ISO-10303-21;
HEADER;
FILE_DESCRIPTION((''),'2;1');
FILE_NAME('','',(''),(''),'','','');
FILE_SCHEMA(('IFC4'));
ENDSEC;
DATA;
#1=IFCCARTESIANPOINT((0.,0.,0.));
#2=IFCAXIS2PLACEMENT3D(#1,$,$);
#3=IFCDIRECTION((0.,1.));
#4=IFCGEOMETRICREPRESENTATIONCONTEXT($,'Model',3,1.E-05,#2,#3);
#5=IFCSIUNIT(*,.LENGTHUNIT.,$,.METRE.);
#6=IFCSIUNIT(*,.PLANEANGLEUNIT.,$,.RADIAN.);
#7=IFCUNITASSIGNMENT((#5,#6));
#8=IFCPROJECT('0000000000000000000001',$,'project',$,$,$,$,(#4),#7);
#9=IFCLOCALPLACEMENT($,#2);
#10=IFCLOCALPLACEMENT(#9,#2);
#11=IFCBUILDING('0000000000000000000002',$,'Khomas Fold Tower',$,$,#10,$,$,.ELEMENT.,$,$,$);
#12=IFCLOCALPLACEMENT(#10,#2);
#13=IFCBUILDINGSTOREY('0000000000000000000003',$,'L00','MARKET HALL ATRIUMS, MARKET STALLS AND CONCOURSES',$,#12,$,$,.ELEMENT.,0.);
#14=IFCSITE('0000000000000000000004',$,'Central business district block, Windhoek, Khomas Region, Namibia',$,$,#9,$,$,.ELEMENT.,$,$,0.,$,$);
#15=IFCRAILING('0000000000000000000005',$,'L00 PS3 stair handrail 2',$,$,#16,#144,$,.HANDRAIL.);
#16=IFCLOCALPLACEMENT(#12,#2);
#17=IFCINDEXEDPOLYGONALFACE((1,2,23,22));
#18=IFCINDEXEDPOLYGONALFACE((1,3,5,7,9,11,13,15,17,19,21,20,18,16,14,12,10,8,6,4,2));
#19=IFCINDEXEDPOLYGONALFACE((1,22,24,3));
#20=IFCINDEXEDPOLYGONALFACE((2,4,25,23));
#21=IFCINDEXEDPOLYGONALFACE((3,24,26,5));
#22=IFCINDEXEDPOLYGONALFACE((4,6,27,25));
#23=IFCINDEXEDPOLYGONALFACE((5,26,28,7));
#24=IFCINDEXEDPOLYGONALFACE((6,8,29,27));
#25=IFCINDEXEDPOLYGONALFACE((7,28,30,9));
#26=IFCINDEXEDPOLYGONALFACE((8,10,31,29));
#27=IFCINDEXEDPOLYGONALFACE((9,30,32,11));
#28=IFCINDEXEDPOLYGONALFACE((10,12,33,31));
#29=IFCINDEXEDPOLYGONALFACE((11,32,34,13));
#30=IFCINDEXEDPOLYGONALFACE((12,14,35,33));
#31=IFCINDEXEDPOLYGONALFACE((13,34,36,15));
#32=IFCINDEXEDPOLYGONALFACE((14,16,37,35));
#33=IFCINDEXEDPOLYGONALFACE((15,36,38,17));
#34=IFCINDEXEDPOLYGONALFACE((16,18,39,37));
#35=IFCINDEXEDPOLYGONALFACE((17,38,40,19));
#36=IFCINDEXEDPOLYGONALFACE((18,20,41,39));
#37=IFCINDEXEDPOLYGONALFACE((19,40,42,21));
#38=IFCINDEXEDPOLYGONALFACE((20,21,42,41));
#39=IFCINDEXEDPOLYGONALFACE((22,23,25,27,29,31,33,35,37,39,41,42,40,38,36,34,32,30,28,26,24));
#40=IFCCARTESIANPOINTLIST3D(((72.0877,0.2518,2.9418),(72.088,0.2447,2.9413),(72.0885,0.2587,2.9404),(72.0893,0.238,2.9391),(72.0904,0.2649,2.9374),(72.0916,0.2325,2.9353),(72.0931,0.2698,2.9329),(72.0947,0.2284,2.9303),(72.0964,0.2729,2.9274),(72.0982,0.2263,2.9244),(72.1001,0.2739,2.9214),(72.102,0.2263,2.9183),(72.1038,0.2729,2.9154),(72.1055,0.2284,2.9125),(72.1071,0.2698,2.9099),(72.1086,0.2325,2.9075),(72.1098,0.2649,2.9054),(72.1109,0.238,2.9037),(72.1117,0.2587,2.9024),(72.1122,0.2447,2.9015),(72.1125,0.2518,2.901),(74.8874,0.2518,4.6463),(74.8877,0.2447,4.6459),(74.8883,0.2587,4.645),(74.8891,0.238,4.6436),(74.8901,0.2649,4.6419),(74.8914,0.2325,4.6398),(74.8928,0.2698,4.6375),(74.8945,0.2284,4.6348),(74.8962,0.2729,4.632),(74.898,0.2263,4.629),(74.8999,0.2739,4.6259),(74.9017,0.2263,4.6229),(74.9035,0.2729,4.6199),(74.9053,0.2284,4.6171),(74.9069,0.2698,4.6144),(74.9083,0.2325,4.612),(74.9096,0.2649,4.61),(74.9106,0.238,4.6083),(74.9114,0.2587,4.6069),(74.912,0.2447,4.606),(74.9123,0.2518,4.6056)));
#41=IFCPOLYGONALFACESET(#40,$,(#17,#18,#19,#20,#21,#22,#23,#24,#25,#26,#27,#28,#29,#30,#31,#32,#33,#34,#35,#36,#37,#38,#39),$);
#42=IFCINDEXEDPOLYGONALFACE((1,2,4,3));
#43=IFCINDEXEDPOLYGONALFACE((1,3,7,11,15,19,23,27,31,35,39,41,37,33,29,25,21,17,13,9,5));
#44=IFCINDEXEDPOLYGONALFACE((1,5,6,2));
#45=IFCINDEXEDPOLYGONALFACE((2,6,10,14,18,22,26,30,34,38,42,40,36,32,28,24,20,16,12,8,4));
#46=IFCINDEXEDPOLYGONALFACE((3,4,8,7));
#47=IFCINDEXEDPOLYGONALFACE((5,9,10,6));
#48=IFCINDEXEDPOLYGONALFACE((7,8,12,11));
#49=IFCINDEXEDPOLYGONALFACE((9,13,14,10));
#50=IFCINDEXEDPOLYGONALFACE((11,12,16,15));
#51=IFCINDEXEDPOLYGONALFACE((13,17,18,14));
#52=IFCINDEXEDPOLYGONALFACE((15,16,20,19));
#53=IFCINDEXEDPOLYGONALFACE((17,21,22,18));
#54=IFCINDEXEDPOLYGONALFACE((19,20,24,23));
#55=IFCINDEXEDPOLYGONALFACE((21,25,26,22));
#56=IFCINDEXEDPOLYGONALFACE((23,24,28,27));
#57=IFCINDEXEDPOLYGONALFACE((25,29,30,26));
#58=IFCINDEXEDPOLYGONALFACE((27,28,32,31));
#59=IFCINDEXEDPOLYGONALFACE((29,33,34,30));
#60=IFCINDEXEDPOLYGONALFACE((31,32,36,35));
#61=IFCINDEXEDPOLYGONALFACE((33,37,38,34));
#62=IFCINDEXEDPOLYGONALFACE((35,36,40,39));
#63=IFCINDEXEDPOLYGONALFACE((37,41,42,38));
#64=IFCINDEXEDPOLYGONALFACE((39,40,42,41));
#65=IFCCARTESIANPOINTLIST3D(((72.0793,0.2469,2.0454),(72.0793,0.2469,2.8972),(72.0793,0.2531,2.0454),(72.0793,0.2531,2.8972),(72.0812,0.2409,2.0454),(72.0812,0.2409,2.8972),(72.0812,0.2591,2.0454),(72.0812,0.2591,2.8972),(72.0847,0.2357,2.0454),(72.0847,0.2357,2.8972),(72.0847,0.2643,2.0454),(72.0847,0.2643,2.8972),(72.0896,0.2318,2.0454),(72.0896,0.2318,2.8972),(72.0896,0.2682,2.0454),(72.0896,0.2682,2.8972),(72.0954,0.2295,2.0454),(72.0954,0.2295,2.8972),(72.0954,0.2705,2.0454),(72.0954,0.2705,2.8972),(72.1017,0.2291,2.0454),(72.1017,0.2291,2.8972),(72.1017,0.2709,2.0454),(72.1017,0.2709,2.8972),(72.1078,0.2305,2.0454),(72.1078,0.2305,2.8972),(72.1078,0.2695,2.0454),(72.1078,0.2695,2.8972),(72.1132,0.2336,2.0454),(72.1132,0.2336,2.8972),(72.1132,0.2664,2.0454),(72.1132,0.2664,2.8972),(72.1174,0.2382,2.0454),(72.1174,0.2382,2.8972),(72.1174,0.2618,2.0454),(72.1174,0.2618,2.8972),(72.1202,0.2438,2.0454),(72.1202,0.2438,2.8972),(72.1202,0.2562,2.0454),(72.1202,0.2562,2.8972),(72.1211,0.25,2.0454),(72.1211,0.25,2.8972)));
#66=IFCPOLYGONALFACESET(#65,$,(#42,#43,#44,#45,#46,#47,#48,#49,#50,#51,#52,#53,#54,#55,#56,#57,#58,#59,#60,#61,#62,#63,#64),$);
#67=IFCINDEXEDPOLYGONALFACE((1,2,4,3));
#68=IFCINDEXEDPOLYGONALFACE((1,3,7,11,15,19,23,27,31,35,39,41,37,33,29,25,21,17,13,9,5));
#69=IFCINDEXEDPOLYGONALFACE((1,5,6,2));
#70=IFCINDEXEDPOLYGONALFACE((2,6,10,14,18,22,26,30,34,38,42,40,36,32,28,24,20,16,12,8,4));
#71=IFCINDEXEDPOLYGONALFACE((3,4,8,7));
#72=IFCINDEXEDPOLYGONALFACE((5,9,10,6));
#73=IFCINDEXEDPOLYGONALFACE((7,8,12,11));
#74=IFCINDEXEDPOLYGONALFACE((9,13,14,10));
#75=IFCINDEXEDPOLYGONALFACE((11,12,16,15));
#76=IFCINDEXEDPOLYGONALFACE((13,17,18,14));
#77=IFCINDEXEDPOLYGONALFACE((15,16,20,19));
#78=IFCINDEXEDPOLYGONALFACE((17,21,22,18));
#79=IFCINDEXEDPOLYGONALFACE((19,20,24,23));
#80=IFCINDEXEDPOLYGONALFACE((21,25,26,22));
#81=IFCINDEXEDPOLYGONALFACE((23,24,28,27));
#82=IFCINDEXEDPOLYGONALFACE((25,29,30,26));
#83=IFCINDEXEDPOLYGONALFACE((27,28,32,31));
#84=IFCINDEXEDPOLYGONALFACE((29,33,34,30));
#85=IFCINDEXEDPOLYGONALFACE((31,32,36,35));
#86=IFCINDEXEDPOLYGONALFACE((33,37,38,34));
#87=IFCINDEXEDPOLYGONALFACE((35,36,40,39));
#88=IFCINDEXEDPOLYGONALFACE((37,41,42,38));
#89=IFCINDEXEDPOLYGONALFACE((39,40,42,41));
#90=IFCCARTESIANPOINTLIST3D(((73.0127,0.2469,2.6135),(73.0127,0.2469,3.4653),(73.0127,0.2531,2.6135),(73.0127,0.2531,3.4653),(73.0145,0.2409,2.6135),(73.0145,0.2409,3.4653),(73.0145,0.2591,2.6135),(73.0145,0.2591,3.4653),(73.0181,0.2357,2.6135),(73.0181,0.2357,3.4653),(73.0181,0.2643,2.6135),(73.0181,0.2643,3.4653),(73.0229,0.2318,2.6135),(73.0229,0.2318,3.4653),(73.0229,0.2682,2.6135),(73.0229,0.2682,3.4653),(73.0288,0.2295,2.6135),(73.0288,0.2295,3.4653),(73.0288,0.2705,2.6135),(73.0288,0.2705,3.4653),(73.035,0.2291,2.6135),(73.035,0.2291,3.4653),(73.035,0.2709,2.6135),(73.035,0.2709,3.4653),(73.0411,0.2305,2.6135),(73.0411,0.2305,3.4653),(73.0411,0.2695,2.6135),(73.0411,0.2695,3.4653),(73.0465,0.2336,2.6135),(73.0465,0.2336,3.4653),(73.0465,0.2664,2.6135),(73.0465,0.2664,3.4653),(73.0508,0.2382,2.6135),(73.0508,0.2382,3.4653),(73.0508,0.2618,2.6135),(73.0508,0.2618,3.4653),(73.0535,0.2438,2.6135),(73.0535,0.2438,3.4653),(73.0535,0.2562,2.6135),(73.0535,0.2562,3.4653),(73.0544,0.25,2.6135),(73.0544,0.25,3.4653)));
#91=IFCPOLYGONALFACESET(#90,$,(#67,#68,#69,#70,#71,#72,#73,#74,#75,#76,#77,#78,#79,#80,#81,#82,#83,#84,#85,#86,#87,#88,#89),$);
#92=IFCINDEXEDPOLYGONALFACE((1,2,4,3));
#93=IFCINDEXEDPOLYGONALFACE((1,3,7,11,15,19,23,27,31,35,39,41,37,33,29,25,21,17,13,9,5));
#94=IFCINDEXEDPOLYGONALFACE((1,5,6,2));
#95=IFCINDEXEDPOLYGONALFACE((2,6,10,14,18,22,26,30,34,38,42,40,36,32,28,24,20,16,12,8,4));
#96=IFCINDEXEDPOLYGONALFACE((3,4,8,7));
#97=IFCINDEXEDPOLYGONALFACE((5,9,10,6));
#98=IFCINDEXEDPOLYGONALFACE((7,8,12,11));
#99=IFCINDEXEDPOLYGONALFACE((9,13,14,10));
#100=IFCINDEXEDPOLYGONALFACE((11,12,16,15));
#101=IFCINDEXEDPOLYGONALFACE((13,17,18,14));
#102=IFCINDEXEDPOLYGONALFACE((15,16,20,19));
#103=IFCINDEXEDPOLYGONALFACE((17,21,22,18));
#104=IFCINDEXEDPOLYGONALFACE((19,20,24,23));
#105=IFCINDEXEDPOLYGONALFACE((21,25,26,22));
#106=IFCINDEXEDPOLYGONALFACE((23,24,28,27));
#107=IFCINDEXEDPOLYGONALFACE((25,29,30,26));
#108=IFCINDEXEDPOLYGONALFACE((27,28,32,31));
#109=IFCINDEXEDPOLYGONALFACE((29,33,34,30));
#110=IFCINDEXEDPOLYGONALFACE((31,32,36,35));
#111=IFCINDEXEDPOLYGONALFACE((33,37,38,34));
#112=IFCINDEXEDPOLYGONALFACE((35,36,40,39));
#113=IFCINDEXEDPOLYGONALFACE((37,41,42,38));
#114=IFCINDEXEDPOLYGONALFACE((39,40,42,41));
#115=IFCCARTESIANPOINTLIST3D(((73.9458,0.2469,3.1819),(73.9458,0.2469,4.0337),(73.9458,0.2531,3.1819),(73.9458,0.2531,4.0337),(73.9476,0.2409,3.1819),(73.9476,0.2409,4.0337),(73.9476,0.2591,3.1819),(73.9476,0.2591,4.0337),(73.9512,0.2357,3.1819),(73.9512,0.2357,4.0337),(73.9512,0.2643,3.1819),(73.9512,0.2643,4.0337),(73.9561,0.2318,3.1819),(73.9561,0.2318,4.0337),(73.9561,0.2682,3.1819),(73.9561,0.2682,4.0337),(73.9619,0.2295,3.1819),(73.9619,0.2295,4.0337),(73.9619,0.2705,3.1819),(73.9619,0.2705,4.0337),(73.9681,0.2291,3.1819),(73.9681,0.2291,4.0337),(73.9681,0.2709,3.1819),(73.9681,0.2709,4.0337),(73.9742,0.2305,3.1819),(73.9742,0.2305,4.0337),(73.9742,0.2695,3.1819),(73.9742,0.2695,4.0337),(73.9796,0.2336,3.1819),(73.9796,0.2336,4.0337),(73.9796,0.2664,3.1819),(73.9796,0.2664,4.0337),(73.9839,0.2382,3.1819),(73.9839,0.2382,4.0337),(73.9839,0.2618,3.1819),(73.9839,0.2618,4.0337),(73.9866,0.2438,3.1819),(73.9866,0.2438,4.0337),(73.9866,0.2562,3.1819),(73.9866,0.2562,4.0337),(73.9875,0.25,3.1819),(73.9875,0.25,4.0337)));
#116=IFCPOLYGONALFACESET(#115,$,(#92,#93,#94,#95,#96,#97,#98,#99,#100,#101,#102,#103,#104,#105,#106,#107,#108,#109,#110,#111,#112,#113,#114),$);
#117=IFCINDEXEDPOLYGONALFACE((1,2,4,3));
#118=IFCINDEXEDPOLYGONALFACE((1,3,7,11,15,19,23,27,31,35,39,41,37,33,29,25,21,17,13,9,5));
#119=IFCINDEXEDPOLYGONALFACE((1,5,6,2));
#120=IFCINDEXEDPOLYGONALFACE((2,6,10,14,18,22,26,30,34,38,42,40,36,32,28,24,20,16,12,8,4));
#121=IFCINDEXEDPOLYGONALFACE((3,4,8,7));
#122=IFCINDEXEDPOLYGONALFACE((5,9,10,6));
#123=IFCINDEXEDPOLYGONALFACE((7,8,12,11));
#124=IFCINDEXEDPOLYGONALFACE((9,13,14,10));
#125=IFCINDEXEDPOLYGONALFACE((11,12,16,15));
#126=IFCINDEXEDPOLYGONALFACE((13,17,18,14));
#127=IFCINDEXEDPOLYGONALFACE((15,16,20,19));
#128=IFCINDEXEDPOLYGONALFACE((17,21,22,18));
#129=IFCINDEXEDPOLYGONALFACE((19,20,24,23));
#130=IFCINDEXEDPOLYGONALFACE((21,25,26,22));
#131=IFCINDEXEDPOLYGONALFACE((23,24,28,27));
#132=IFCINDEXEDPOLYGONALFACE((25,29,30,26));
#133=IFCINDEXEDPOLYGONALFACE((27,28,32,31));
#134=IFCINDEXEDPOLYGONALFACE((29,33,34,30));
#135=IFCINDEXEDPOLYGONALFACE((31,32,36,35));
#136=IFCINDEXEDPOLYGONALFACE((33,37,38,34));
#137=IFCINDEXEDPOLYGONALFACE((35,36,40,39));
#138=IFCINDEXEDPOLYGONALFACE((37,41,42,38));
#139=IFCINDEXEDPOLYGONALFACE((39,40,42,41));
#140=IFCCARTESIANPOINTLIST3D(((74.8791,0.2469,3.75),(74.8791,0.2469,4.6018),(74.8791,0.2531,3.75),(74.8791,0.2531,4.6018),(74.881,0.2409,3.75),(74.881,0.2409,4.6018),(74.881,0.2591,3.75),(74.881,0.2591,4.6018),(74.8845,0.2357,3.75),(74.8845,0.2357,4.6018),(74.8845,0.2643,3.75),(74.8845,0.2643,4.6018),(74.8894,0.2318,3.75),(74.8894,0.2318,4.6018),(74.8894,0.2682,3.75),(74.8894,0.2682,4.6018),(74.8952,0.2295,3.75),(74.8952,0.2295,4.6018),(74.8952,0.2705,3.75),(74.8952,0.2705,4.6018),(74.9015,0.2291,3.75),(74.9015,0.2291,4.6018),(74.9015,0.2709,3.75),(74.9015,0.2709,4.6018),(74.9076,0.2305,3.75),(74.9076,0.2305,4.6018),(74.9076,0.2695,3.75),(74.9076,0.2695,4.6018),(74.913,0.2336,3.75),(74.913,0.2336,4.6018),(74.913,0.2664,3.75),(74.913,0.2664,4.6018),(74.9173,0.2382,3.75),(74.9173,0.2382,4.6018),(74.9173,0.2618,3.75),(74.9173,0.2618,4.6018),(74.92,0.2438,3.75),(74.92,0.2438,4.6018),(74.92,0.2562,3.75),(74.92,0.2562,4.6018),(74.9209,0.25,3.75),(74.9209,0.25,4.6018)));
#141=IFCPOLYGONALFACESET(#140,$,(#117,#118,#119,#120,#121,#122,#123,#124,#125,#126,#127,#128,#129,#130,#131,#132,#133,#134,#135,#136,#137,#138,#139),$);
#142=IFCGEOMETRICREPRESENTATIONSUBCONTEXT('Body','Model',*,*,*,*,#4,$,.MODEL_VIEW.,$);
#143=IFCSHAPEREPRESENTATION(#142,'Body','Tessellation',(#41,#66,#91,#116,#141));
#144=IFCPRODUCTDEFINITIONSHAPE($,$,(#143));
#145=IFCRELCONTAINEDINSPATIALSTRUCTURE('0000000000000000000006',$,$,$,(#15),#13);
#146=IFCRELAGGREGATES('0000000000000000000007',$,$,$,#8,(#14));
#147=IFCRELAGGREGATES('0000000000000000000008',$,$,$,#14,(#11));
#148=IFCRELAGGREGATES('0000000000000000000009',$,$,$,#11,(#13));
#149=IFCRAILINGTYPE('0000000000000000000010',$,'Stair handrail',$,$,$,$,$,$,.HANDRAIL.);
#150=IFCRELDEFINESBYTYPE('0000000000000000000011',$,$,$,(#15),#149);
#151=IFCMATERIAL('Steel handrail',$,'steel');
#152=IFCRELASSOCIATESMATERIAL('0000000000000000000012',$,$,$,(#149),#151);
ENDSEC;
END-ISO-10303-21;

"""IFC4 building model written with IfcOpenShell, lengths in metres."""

from ifc_helpers import new_model, si_unit, direction, frame, origin, origin_2d, place, context, subcontext, project, spatial, circle, extrude, source, transform, mapped, material, type_object, element, save


model = new_model("IFC4")

# Units and contexts
model_context = context("Model", 3, precision=1e-05, world=origin(), true_north=direction((0.0, 1.0)))
body_context = subcontext(model_context, "Body", "Model", "MODEL_VIEW")
ifc_project = project(units=[si_unit("LENGTHUNIT", "METRE"), si_unit("PLANEANGLEUNIT", "RADIAN")], contexts=[model_context])

# Site, building, storey
site_placement = place(None, origin())
site = spatial("IfcSite", under=ifc_project, at=site_placement, Name="Central business district block, Windhoek, Khomas Region, Namibia", CompositionType="ELEMENT", RefElevation=0.0)
building_placement = place(site_placement, origin())
building = spatial("IfcBuilding", under=site, at=building_placement, Name="Khomas Fold Tower", CompositionType="ELEMENT")
storey_placement = place(building_placement, origin())
storey = spatial("IfcBuildingStorey", under=building, at=storey_placement, Name="L00", Description="MARKET HALL ATRIUMS, MARKET STALLS AND CONCOURSES", CompositionType="ELEMENT", Elevation=0.0)

# Railing
ifc_material_1 = material(Name="Steel handrail", Category="steel")
railing_type_1 = type_object("IfcRailingType", Name="Stair handrail", PredefinedType="HANDRAIL", material=ifc_material_1)
shared_shape_1 = source(origin(), body_context, "Body", "SweptSolid", [
    extrude(circle(Radius=0.0239, at=origin_2d()), frame((0.0, 0.0, 0.876), z_axis=(0.85415, 0.0, 0.520027), x_axis=(0.0, 1.0, 0.0)), (0.0, 0.0, 1.0), 3.2778),
    extrude(circle(Radius=0.021, at=origin_2d()), origin(), (0.0, 0.0, 1.0), 0.8518),
    extrude(circle(Radius=0.021, at=origin_2d()), frame((0.9333, 0.0, 0.5681)), (0.0, 0.0, 1.0), 0.8518),
    extrude(circle(Radius=0.021, at=origin_2d()), frame((1.8665, 0.0, 1.1365)), (0.0, 0.0, 1.0), 0.8518),
    extrude(circle(Radius=0.021, at=origin_2d()), frame((2.7998, 0.0, 1.7046)), (0.0, 0.0, 1.0), 0.8518),
])
for number, where, name in (
    (1, (72.1001, 0.25, 2.0454), "L00 PS3 stair handrail 2"),
):
    element("IfcRailing", number, at=place(storey_placement, frame(where)), inside=storey, type_object=railing_type_1, Name=name, PredefinedType="HANDRAIL", context=body_context, shape_type="MappedRepresentation", body=[
        mapped(shared_shape_1, transform((0.0, 0.0, 0.0))),
    ])

save(model, "model.ifc")
